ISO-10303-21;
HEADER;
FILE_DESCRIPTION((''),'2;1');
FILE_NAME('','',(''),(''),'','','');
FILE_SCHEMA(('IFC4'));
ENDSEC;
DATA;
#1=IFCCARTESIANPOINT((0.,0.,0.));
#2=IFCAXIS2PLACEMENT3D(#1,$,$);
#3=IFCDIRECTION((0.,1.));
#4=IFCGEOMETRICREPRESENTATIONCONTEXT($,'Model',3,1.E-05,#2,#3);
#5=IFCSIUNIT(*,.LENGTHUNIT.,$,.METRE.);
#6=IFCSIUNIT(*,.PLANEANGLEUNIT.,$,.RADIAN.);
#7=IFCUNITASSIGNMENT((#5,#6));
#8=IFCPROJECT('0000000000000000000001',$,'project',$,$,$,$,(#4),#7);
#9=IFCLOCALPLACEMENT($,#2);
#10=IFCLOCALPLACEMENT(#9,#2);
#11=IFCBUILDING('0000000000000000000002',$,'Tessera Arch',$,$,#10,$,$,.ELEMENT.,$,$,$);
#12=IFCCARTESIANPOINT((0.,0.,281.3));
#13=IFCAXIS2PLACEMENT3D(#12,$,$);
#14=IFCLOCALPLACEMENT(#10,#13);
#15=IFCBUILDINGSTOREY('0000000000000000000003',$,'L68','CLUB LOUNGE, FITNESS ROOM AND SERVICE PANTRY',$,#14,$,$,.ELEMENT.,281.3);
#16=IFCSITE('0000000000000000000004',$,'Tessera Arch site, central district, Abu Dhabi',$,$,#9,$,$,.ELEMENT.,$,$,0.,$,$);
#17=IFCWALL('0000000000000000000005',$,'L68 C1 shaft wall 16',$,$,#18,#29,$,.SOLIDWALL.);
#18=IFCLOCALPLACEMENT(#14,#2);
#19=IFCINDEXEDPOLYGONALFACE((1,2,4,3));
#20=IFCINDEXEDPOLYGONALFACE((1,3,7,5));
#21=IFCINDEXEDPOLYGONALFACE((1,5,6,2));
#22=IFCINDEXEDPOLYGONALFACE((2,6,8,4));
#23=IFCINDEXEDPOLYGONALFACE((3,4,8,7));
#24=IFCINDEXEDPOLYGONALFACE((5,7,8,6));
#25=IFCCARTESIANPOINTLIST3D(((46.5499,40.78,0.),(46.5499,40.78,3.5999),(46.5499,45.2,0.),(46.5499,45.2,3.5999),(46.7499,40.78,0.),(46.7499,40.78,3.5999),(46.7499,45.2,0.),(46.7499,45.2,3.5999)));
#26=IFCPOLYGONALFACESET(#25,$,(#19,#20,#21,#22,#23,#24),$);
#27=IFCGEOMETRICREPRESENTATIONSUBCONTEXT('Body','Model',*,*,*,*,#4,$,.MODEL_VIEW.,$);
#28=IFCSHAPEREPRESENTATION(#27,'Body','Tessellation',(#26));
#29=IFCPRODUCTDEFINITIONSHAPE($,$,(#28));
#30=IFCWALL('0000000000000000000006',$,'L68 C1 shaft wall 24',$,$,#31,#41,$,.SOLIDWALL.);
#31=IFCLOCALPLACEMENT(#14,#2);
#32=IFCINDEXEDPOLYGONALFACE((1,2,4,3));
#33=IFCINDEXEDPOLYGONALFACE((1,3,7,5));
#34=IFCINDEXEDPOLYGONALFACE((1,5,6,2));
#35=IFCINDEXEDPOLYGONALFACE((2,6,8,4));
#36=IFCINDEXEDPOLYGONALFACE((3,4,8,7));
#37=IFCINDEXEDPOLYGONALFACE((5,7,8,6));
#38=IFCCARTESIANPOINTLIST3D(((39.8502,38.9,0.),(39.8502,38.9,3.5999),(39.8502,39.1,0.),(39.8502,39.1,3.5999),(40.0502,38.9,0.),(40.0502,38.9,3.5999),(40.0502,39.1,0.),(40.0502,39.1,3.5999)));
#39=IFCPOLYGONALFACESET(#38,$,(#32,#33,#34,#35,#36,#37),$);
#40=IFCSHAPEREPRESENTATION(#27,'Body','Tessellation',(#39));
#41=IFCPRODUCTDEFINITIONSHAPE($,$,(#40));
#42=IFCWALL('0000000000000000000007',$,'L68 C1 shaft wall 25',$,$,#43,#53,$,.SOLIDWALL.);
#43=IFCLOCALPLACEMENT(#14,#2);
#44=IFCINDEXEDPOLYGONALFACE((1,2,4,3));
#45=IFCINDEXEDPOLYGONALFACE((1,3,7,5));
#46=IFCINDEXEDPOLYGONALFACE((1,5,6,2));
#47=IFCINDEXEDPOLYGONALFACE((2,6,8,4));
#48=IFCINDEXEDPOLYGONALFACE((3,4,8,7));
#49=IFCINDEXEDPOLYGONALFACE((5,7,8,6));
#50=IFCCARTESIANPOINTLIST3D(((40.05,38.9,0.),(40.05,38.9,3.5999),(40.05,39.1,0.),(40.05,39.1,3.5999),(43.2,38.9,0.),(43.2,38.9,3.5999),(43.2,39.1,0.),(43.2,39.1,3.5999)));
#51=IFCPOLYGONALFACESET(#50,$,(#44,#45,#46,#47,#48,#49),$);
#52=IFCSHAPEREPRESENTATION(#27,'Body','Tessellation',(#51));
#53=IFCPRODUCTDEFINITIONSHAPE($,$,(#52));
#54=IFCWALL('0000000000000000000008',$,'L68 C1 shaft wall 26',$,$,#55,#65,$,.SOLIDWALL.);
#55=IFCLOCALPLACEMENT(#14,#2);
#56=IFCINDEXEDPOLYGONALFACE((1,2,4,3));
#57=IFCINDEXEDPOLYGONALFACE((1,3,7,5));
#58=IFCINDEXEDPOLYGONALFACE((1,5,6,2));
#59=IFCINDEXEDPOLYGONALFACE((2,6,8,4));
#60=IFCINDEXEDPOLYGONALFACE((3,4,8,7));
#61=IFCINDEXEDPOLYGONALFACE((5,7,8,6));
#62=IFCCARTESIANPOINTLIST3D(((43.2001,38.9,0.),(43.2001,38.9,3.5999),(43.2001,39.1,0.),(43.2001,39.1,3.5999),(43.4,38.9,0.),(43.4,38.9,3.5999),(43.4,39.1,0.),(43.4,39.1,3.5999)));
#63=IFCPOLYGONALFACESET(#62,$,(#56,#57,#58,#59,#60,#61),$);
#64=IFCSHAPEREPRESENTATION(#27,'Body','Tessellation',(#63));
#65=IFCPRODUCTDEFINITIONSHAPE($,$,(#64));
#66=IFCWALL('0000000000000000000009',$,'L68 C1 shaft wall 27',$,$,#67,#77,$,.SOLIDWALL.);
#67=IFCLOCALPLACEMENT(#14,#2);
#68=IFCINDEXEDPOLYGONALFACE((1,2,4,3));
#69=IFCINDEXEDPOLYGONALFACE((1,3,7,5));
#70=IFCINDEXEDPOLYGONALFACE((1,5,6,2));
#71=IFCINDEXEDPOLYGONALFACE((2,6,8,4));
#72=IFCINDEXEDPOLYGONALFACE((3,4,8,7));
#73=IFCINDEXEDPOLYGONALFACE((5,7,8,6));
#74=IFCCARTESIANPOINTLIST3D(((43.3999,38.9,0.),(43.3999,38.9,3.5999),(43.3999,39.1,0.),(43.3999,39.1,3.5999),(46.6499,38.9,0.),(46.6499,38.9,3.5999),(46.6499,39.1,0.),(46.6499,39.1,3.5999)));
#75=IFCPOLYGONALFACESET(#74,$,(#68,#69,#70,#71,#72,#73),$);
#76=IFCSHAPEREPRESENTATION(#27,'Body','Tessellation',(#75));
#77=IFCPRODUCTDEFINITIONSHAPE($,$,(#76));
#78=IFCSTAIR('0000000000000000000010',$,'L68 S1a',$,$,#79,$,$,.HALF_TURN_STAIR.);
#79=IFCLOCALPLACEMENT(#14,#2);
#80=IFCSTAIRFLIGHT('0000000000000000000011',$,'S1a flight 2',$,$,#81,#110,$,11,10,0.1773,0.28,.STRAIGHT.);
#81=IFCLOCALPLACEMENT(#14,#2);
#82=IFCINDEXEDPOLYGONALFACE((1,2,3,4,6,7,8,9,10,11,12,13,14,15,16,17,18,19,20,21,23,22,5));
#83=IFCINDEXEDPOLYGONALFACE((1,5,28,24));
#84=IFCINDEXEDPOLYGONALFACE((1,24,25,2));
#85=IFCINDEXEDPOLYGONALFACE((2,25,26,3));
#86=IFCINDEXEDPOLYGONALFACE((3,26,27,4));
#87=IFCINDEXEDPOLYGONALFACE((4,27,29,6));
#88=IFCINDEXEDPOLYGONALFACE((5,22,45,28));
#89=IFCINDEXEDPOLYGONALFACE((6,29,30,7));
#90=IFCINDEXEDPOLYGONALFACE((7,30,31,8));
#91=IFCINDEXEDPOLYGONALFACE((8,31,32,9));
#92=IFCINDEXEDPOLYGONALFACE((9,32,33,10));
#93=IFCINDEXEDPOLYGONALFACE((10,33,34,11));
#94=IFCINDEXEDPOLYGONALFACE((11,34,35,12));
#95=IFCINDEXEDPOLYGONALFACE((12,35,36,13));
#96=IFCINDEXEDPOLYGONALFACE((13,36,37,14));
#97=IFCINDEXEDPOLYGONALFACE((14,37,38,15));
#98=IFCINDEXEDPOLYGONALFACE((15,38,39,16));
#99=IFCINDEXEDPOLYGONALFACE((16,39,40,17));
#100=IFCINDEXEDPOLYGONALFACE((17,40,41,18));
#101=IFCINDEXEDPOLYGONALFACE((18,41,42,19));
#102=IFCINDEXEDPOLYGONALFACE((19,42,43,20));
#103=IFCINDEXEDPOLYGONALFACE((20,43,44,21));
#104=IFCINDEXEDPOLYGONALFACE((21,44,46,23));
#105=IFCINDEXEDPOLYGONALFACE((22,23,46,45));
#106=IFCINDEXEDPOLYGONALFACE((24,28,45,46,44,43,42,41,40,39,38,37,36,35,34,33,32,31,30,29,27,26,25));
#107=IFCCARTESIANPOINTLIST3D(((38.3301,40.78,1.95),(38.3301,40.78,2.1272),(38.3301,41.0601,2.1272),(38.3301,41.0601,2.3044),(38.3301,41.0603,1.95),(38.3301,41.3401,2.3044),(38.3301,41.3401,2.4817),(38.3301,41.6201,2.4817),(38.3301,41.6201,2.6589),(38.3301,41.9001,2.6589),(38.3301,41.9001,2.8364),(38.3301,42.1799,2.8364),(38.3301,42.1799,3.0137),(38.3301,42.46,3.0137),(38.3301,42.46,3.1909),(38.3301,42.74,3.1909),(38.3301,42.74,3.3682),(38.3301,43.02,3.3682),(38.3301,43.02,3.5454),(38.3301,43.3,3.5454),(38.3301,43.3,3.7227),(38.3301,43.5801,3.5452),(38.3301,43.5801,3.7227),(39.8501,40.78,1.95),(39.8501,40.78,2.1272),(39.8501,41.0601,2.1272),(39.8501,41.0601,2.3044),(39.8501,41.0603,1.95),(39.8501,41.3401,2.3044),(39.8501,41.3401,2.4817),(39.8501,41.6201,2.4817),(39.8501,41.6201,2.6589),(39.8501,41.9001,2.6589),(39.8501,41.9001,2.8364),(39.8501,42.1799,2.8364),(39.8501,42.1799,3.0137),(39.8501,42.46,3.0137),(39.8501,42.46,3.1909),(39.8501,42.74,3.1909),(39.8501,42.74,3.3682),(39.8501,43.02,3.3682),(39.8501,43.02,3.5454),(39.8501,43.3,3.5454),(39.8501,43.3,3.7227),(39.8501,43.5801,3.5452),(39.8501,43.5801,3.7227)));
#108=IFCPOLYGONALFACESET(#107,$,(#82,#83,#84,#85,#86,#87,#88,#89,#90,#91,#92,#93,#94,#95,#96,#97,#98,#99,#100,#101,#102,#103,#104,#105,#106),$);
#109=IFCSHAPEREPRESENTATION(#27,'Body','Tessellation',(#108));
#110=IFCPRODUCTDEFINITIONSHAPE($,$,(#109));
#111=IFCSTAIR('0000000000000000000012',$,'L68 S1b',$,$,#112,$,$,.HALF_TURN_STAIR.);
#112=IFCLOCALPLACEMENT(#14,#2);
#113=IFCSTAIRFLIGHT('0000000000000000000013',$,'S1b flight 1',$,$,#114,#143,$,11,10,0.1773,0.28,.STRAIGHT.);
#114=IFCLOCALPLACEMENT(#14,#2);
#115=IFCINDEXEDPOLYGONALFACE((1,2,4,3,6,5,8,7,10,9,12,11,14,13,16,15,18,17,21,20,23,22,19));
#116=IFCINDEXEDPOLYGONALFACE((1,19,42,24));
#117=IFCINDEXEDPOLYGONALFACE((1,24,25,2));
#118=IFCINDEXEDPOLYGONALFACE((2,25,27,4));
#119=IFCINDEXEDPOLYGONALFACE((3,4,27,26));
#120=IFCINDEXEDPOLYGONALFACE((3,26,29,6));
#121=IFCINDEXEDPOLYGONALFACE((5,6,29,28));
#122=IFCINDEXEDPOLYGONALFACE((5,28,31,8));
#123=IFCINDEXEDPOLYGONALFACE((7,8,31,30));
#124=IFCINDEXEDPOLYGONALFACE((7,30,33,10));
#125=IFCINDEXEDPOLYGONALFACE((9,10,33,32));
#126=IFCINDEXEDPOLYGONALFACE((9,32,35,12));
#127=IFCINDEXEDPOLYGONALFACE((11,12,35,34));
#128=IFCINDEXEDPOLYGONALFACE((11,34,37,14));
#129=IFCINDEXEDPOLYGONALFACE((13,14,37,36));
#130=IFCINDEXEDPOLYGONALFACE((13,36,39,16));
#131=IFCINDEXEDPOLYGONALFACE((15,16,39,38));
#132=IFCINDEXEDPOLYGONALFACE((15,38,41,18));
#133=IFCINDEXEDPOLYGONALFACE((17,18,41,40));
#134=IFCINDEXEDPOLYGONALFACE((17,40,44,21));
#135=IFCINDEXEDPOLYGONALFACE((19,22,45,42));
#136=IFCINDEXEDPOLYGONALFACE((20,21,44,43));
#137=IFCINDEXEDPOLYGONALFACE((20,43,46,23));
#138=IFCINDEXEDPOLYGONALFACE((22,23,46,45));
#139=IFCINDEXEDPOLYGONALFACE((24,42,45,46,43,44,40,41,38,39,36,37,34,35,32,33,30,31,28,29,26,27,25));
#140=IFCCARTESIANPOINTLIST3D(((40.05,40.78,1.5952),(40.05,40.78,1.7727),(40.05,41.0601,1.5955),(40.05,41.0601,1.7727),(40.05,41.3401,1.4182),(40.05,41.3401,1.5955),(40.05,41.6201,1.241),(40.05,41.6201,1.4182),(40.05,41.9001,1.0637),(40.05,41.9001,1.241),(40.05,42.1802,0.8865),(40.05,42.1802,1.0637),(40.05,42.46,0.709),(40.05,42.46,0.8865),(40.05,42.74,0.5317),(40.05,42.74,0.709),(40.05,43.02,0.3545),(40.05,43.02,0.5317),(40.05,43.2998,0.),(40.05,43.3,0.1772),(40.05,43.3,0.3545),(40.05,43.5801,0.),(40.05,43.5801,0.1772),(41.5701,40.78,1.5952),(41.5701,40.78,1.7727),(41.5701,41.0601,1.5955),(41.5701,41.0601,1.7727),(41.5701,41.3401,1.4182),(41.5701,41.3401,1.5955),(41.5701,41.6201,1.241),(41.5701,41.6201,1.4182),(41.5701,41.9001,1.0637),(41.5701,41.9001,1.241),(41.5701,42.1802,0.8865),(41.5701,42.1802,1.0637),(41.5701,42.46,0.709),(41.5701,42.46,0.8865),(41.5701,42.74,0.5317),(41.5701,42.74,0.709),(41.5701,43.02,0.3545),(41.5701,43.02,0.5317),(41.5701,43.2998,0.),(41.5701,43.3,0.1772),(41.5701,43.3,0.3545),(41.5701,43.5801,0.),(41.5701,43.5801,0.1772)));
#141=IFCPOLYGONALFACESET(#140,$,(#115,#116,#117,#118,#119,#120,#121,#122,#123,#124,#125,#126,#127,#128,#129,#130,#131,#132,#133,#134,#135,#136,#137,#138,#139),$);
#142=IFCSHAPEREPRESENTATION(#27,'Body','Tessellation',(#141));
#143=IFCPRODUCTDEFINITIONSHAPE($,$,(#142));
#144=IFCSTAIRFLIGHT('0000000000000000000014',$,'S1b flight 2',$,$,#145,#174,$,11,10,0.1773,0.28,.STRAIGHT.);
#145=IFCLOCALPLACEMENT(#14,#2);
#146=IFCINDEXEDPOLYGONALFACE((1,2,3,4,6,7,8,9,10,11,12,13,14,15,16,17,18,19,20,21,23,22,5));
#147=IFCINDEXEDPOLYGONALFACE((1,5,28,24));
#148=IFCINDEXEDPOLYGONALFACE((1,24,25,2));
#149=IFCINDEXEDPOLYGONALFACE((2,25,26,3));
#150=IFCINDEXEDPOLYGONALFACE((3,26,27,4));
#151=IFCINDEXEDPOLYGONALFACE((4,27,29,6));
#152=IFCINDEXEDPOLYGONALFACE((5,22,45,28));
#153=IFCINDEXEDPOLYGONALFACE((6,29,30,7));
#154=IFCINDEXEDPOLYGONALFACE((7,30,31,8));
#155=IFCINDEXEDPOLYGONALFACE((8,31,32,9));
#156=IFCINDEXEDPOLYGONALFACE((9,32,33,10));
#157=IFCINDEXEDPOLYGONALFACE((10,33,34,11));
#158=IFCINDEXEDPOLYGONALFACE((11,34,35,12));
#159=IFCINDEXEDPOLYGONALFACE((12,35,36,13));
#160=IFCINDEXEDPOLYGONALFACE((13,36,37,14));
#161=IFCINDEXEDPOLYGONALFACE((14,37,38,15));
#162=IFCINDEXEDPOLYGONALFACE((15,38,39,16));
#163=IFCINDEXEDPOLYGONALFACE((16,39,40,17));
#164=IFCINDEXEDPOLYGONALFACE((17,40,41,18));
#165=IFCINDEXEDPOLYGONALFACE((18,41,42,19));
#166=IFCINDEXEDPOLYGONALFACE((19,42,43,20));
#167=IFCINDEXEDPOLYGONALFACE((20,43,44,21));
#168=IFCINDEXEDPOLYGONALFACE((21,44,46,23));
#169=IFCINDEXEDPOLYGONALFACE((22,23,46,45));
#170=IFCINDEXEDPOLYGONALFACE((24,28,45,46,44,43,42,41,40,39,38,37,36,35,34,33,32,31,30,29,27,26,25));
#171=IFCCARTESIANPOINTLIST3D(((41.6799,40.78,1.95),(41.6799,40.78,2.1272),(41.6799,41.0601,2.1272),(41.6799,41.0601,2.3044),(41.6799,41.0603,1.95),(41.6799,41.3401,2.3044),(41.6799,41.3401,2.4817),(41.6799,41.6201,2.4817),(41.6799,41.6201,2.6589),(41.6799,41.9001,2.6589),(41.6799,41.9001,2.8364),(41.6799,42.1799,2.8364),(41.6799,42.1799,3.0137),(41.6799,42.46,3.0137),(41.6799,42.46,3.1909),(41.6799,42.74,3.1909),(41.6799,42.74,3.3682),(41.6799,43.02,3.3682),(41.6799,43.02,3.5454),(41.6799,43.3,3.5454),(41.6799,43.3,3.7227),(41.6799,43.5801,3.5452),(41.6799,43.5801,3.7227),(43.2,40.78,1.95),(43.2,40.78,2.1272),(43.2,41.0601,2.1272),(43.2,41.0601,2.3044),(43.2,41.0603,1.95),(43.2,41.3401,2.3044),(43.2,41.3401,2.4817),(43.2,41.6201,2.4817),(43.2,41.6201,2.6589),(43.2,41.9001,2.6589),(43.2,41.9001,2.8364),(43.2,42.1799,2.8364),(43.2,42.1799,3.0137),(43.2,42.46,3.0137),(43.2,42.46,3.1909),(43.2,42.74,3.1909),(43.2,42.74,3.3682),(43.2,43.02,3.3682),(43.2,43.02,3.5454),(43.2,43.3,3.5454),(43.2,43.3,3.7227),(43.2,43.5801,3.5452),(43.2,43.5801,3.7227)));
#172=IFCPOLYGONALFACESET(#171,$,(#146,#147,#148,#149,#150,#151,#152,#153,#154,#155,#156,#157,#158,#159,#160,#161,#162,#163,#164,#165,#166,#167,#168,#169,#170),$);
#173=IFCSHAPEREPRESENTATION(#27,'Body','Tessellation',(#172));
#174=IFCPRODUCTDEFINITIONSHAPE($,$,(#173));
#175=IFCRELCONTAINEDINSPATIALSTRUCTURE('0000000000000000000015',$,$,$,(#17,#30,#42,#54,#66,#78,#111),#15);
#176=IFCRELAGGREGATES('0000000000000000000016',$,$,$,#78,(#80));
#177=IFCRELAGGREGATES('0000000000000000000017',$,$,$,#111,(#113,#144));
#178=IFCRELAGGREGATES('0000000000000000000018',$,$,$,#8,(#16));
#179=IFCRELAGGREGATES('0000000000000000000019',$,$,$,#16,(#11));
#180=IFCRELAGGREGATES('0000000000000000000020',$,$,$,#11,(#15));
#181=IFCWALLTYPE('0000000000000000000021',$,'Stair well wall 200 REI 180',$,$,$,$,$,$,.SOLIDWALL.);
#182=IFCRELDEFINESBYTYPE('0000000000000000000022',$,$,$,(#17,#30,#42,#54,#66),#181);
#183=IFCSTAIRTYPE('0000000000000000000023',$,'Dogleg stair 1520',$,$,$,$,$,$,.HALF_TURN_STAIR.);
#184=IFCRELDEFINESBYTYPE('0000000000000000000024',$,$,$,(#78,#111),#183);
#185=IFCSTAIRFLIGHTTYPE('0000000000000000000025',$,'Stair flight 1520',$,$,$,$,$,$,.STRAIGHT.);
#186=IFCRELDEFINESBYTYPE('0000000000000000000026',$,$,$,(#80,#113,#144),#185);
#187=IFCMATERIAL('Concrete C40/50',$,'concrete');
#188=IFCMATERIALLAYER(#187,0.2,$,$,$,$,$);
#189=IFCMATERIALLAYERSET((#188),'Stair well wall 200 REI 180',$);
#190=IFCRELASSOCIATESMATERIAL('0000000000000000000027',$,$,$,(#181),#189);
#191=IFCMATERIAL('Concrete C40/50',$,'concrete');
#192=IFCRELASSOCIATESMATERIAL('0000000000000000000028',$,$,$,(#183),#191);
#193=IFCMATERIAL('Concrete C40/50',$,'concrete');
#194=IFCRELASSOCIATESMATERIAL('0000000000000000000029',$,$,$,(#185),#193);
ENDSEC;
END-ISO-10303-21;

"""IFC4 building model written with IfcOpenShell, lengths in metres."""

from ifc_helpers import new_model, si_unit, direction, frame, frame_2d, origin, place, context, subcontext, project, spatial, polyline, rectangle, outline, extrude, material, layer, layer_set, type_object, element, aggregate, save


model = new_model("IFC4")

# Units and contexts
model_context = context("Model", 3, precision=1e-05, world=origin(), true_north=direction((0.0, 1.0)))
body_context = subcontext(model_context, "Body", "Model", "MODEL_VIEW")
ifc_project = project(units=[si_unit("LENGTHUNIT", "METRE"), si_unit("PLANEANGLEUNIT", "RADIAN")], contexts=[model_context])

# Site, building, storey
site_placement = place(None, origin())
site = spatial("IfcSite", under=ifc_project, at=site_placement, Name="Tessera Arch site, central district, Abu Dhabi", CompositionType="ELEMENT", RefElevation=0.0)
building_placement = place(site_placement, origin())
building = spatial("IfcBuilding", under=site, at=building_placement, Name="Tessera Arch", CompositionType="ELEMENT")
storey_placement = place(building_placement, frame((0.0, 0.0, 281.3)))
storey = spatial("IfcBuildingStorey", under=building, at=storey_placement, Name="L68", Description="CLUB LOUNGE, FITNESS ROOM AND SERVICE PANTRY", CompositionType="ELEMENT", Elevation=281.3)

# Walls
ifc_material_1 = material(Name="Concrete C40/50", Category="concrete")
ifc_layer_1 = layer(ifc_material_1, 0.2)
ifc_layer_set_1 = layer_set([ifc_layer_1], Name="Stair well wall 200 REI 180")
wall_type_1 = type_object("IfcWallType", Name="Stair well wall 200 REI 180", PredefinedType="SOLIDWALL", material=ifc_layer_set_1)
wall_1_placement = place(storey_placement, frame((46.6499, 40.78, 0.0), z_axis=(0.0, 0.0, 1.0), x_axis=(0.0, 1.0, 0.0)))
element("IfcWall", 1, at=wall_1_placement, inside=storey, type_object=wall_type_1, Name="L68 C1 shaft wall 16", PredefinedType="SOLIDWALL", context=body_context, shape_type="SweptSolid", body=[
    extrude(rectangle(XDim=4.4199, YDim=0.2, at=frame_2d((2.21, 0.0))), origin(), (0.0, 0.0, 1.0), 3.5999),
])
wall_2_placement = place(storey_placement, frame((39.8501, 39.0, 0.0), z_axis=(0.0, 0.0, 1.0), x_axis=(1.0, 0.0, 0.0)))
element("IfcWall", 2, at=wall_2_placement, inside=storey, type_object=wall_type_1, Name="L68 C1 shaft wall 24", PredefinedType="SOLIDWALL", context=body_context, shape_type="SweptSolid", body=[
    extrude(rectangle(XDim=0.2, YDim=0.2, at=frame_2d((0.1001, 0.0))), origin(), (0.0, 0.0, 1.0), 3.5999),
])
wall_3_placement = place(storey_placement, frame((40.05, 39.0, 0.0), z_axis=(0.0, 0.0, 1.0), x_axis=(1.0, 0.0, 0.0)))
element("IfcWall", 3, at=wall_3_placement, inside=storey, type_object=wall_type_1, Name="L68 C1 shaft wall 25", PredefinedType="SOLIDWALL", context=body_context, shape_type="SweptSolid", body=[
    extrude(rectangle(XDim=3.1499, YDim=0.2, at=frame_2d((1.575, 0.0))), origin(), (0.0, 0.0, 1.0), 3.5999),
])
wall_4_placement = place(storey_placement, frame((43.2, 39.0, 0.0), z_axis=(0.0, 0.0, 1.0), x_axis=(1.0, 0.0, 0.0)))
element("IfcWall", 4, at=wall_4_placement, inside=storey, type_object=wall_type_1, Name="L68 C1 shaft wall 26", PredefinedType="SOLIDWALL", context=body_context, shape_type="SweptSolid", body=[
    extrude(rectangle(XDim=0.2, YDim=0.2, at=frame_2d((0.1001, 0.0))), origin(), (0.0, 0.0, 1.0), 3.5999),
])
wall_5_placement = place(storey_placement, frame((43.3999, 39.0, 0.0), z_axis=(0.0, 0.0, 1.0), x_axis=(1.0, 0.0, 0.0)))
element("IfcWall", 5, at=wall_5_placement, inside=storey, type_object=wall_type_1, Name="L68 C1 shaft wall 27", PredefinedType="SOLIDWALL", context=body_context, shape_type="SweptSolid", body=[
    extrude(rectangle(XDim=3.25, YDim=0.2, at=frame_2d((1.625, 0.0))), origin(), (0.0, 0.0, 1.0), 3.5999),
])

# Stair, stair flight
ifc_material_2 = material(Name="Concrete C40/50", Category="concrete")
stair_type = type_object("IfcStairType", Name="Dogleg stair 1520", PredefinedType="HALF_TURN_STAIR", material=ifc_material_2)
stair_1_placement = place(storey_placement, origin())
stair_1 = element("IfcStair", 6, at=stair_1_placement, inside=storey, type_object=stair_type, Name="L68 S1a", PredefinedType="HALF_TURN_STAIR")
ifc_material_3 = material(Name="Concrete C40/50", Category="concrete")
stair_flight_type = type_object("IfcStairFlightType", Name="Stair flight 1520", PredefinedType="STRAIGHT", material=ifc_material_3)
stair_flight_1_placement = place(storey_placement, frame((39.0901, 40.78, 1.95), z_axis=(0.0, 0.0, 1.0), x_axis=(0.0, 1.0, 0.0)))
stair_flight_1 = element("IfcStairFlight", 7, at=stair_flight_1_placement, type_object=stair_flight_type, Name="S1a flight 2", NumberOfRisers=11, NumberOfTreads=10, PredefinedType="STRAIGHT", RiserHeight=0.1773, TreadLength=0.28, context=body_context, shape_type="SweptSolid", body=[
    extrude(outline(polyline([(0.0, 0.0), (0.0, 0.1772), (0.28, 0.1772), (0.28, 0.3545), (0.5601, 0.3545), (0.5601, 0.5317), (0.8401, 0.5317), (0.8401, 0.709), (1.1201, 0.709), (1.1201, 0.8865), (1.3999, 0.8865), (1.3999, 1.0637), (1.6799, 1.0637), (1.6799, 1.241), (1.96, 1.241), (1.96, 1.4182), (2.24, 1.4182), (2.24, 1.5955), (2.52, 1.5955), (2.52, 1.7727), (2.8, 1.7727), (2.8, 1.95), (2.8, 1.5952), (0.2803, 0.0), (0.0, 0.0)])), frame((0.0, 0.76, 0.0), z_axis=(0.0, -1.0, 0.0), x_axis=(1.0, 0.0, 0.0)), (0.0, 0.0, 1.0), 1.52),
])
aggregate(stair_1, [stair_flight_1])

# Stair, stair flights
stair_2_placement = place(storey_placement, origin())
stair_2 = element("IfcStair", 8, at=stair_2_placement, inside=storey, type_object=stair_type, Name="L68 S1b", PredefinedType="HALF_TURN_STAIR")
stair_flight_2_placement = place(storey_placement, frame((40.8101, 43.5801, 0.0), z_axis=(0.0, 0.0, 1.0), x_axis=(0.0, -1.0, 0.0)))
stair_flight_2 = element("IfcStairFlight", 9, at=stair_flight_2_placement, type_object=stair_flight_type, Name="S1b flight 1", NumberOfRisers=11, NumberOfTreads=10, PredefinedType="STRAIGHT", RiserHeight=0.1773, TreadLength=0.28, context=body_context, shape_type="SweptSolid", body=[
    extrude(outline(polyline([(0.0, 0.0), (0.0, 0.1772), (0.28, 0.1772), (0.28, 0.3545), (0.5601, 0.3545), (0.5601, 0.5317), (0.8401, 0.5317), (0.8401, 0.709), (1.1201, 0.709), (1.1201, 0.8865), (1.3999, 0.8865), (1.3999, 1.0637), (1.6799, 1.0637), (1.6799, 1.241), (1.96, 1.241), (1.96, 1.4182), (2.24, 1.4182), (2.24, 1.5955), (2.52, 1.5955), (2.52, 1.7727), (2.8, 1.7727), (2.8, 1.95), (2.8, 1.5952), (0.2803, 0.0), (0.0, 0.0)])), frame((0.0, 0.76, 0.0), z_axis=(0.0, -1.0, 0.0), x_axis=(1.0, 0.0, 0.0)), (0.0, 0.0, 1.0), 1.52),
])
stair_flight_3_placement = place(storey_placement, frame((42.4399, 40.78, 1.95), z_axis=(0.0, 0.0, 1.0), x_axis=(0.0, 1.0, 0.0)))
stair_flight_3 = element("IfcStairFlight", 10, at=stair_flight_3_placement, type_object=stair_flight_type, Name="S1b flight 2", NumberOfRisers=11, NumberOfTreads=10, PredefinedType="STRAIGHT", RiserHeight=0.1773, TreadLength=0.28, context=body_context, shape_type="SweptSolid", body=[
    extrude(outline(polyline([(0.0, 0.0), (0.0, 0.1772), (0.28, 0.1772), (0.28, 0.3545), (0.5601, 0.3545), (0.5601, 0.5317), (0.8401, 0.5317), (0.8401, 0.709), (1.1201, 0.709), (1.1201, 0.8865), (1.3999, 0.8865), (1.3999, 1.0637), (1.6799, 1.0637), (1.6799, 1.241), (1.96, 1.241), (1.96, 1.4182), (2.24, 1.4182), (2.24, 1.5955), (2.52, 1.5955), (2.52, 1.7727), (2.8, 1.7727), (2.8, 1.95), (2.8, 1.5952), (0.2803, 0.0), (0.0, 0.0)])), frame((0.0, 0.76, 0.0), z_axis=(0.0, -1.0, 0.0), x_axis=(1.0, 0.0, 0.0)), (0.0, 0.0, 1.0), 1.52),
])
aggregate(stair_2, [stair_flight_2, stair_flight_3])

save(model, "model.ifc")
